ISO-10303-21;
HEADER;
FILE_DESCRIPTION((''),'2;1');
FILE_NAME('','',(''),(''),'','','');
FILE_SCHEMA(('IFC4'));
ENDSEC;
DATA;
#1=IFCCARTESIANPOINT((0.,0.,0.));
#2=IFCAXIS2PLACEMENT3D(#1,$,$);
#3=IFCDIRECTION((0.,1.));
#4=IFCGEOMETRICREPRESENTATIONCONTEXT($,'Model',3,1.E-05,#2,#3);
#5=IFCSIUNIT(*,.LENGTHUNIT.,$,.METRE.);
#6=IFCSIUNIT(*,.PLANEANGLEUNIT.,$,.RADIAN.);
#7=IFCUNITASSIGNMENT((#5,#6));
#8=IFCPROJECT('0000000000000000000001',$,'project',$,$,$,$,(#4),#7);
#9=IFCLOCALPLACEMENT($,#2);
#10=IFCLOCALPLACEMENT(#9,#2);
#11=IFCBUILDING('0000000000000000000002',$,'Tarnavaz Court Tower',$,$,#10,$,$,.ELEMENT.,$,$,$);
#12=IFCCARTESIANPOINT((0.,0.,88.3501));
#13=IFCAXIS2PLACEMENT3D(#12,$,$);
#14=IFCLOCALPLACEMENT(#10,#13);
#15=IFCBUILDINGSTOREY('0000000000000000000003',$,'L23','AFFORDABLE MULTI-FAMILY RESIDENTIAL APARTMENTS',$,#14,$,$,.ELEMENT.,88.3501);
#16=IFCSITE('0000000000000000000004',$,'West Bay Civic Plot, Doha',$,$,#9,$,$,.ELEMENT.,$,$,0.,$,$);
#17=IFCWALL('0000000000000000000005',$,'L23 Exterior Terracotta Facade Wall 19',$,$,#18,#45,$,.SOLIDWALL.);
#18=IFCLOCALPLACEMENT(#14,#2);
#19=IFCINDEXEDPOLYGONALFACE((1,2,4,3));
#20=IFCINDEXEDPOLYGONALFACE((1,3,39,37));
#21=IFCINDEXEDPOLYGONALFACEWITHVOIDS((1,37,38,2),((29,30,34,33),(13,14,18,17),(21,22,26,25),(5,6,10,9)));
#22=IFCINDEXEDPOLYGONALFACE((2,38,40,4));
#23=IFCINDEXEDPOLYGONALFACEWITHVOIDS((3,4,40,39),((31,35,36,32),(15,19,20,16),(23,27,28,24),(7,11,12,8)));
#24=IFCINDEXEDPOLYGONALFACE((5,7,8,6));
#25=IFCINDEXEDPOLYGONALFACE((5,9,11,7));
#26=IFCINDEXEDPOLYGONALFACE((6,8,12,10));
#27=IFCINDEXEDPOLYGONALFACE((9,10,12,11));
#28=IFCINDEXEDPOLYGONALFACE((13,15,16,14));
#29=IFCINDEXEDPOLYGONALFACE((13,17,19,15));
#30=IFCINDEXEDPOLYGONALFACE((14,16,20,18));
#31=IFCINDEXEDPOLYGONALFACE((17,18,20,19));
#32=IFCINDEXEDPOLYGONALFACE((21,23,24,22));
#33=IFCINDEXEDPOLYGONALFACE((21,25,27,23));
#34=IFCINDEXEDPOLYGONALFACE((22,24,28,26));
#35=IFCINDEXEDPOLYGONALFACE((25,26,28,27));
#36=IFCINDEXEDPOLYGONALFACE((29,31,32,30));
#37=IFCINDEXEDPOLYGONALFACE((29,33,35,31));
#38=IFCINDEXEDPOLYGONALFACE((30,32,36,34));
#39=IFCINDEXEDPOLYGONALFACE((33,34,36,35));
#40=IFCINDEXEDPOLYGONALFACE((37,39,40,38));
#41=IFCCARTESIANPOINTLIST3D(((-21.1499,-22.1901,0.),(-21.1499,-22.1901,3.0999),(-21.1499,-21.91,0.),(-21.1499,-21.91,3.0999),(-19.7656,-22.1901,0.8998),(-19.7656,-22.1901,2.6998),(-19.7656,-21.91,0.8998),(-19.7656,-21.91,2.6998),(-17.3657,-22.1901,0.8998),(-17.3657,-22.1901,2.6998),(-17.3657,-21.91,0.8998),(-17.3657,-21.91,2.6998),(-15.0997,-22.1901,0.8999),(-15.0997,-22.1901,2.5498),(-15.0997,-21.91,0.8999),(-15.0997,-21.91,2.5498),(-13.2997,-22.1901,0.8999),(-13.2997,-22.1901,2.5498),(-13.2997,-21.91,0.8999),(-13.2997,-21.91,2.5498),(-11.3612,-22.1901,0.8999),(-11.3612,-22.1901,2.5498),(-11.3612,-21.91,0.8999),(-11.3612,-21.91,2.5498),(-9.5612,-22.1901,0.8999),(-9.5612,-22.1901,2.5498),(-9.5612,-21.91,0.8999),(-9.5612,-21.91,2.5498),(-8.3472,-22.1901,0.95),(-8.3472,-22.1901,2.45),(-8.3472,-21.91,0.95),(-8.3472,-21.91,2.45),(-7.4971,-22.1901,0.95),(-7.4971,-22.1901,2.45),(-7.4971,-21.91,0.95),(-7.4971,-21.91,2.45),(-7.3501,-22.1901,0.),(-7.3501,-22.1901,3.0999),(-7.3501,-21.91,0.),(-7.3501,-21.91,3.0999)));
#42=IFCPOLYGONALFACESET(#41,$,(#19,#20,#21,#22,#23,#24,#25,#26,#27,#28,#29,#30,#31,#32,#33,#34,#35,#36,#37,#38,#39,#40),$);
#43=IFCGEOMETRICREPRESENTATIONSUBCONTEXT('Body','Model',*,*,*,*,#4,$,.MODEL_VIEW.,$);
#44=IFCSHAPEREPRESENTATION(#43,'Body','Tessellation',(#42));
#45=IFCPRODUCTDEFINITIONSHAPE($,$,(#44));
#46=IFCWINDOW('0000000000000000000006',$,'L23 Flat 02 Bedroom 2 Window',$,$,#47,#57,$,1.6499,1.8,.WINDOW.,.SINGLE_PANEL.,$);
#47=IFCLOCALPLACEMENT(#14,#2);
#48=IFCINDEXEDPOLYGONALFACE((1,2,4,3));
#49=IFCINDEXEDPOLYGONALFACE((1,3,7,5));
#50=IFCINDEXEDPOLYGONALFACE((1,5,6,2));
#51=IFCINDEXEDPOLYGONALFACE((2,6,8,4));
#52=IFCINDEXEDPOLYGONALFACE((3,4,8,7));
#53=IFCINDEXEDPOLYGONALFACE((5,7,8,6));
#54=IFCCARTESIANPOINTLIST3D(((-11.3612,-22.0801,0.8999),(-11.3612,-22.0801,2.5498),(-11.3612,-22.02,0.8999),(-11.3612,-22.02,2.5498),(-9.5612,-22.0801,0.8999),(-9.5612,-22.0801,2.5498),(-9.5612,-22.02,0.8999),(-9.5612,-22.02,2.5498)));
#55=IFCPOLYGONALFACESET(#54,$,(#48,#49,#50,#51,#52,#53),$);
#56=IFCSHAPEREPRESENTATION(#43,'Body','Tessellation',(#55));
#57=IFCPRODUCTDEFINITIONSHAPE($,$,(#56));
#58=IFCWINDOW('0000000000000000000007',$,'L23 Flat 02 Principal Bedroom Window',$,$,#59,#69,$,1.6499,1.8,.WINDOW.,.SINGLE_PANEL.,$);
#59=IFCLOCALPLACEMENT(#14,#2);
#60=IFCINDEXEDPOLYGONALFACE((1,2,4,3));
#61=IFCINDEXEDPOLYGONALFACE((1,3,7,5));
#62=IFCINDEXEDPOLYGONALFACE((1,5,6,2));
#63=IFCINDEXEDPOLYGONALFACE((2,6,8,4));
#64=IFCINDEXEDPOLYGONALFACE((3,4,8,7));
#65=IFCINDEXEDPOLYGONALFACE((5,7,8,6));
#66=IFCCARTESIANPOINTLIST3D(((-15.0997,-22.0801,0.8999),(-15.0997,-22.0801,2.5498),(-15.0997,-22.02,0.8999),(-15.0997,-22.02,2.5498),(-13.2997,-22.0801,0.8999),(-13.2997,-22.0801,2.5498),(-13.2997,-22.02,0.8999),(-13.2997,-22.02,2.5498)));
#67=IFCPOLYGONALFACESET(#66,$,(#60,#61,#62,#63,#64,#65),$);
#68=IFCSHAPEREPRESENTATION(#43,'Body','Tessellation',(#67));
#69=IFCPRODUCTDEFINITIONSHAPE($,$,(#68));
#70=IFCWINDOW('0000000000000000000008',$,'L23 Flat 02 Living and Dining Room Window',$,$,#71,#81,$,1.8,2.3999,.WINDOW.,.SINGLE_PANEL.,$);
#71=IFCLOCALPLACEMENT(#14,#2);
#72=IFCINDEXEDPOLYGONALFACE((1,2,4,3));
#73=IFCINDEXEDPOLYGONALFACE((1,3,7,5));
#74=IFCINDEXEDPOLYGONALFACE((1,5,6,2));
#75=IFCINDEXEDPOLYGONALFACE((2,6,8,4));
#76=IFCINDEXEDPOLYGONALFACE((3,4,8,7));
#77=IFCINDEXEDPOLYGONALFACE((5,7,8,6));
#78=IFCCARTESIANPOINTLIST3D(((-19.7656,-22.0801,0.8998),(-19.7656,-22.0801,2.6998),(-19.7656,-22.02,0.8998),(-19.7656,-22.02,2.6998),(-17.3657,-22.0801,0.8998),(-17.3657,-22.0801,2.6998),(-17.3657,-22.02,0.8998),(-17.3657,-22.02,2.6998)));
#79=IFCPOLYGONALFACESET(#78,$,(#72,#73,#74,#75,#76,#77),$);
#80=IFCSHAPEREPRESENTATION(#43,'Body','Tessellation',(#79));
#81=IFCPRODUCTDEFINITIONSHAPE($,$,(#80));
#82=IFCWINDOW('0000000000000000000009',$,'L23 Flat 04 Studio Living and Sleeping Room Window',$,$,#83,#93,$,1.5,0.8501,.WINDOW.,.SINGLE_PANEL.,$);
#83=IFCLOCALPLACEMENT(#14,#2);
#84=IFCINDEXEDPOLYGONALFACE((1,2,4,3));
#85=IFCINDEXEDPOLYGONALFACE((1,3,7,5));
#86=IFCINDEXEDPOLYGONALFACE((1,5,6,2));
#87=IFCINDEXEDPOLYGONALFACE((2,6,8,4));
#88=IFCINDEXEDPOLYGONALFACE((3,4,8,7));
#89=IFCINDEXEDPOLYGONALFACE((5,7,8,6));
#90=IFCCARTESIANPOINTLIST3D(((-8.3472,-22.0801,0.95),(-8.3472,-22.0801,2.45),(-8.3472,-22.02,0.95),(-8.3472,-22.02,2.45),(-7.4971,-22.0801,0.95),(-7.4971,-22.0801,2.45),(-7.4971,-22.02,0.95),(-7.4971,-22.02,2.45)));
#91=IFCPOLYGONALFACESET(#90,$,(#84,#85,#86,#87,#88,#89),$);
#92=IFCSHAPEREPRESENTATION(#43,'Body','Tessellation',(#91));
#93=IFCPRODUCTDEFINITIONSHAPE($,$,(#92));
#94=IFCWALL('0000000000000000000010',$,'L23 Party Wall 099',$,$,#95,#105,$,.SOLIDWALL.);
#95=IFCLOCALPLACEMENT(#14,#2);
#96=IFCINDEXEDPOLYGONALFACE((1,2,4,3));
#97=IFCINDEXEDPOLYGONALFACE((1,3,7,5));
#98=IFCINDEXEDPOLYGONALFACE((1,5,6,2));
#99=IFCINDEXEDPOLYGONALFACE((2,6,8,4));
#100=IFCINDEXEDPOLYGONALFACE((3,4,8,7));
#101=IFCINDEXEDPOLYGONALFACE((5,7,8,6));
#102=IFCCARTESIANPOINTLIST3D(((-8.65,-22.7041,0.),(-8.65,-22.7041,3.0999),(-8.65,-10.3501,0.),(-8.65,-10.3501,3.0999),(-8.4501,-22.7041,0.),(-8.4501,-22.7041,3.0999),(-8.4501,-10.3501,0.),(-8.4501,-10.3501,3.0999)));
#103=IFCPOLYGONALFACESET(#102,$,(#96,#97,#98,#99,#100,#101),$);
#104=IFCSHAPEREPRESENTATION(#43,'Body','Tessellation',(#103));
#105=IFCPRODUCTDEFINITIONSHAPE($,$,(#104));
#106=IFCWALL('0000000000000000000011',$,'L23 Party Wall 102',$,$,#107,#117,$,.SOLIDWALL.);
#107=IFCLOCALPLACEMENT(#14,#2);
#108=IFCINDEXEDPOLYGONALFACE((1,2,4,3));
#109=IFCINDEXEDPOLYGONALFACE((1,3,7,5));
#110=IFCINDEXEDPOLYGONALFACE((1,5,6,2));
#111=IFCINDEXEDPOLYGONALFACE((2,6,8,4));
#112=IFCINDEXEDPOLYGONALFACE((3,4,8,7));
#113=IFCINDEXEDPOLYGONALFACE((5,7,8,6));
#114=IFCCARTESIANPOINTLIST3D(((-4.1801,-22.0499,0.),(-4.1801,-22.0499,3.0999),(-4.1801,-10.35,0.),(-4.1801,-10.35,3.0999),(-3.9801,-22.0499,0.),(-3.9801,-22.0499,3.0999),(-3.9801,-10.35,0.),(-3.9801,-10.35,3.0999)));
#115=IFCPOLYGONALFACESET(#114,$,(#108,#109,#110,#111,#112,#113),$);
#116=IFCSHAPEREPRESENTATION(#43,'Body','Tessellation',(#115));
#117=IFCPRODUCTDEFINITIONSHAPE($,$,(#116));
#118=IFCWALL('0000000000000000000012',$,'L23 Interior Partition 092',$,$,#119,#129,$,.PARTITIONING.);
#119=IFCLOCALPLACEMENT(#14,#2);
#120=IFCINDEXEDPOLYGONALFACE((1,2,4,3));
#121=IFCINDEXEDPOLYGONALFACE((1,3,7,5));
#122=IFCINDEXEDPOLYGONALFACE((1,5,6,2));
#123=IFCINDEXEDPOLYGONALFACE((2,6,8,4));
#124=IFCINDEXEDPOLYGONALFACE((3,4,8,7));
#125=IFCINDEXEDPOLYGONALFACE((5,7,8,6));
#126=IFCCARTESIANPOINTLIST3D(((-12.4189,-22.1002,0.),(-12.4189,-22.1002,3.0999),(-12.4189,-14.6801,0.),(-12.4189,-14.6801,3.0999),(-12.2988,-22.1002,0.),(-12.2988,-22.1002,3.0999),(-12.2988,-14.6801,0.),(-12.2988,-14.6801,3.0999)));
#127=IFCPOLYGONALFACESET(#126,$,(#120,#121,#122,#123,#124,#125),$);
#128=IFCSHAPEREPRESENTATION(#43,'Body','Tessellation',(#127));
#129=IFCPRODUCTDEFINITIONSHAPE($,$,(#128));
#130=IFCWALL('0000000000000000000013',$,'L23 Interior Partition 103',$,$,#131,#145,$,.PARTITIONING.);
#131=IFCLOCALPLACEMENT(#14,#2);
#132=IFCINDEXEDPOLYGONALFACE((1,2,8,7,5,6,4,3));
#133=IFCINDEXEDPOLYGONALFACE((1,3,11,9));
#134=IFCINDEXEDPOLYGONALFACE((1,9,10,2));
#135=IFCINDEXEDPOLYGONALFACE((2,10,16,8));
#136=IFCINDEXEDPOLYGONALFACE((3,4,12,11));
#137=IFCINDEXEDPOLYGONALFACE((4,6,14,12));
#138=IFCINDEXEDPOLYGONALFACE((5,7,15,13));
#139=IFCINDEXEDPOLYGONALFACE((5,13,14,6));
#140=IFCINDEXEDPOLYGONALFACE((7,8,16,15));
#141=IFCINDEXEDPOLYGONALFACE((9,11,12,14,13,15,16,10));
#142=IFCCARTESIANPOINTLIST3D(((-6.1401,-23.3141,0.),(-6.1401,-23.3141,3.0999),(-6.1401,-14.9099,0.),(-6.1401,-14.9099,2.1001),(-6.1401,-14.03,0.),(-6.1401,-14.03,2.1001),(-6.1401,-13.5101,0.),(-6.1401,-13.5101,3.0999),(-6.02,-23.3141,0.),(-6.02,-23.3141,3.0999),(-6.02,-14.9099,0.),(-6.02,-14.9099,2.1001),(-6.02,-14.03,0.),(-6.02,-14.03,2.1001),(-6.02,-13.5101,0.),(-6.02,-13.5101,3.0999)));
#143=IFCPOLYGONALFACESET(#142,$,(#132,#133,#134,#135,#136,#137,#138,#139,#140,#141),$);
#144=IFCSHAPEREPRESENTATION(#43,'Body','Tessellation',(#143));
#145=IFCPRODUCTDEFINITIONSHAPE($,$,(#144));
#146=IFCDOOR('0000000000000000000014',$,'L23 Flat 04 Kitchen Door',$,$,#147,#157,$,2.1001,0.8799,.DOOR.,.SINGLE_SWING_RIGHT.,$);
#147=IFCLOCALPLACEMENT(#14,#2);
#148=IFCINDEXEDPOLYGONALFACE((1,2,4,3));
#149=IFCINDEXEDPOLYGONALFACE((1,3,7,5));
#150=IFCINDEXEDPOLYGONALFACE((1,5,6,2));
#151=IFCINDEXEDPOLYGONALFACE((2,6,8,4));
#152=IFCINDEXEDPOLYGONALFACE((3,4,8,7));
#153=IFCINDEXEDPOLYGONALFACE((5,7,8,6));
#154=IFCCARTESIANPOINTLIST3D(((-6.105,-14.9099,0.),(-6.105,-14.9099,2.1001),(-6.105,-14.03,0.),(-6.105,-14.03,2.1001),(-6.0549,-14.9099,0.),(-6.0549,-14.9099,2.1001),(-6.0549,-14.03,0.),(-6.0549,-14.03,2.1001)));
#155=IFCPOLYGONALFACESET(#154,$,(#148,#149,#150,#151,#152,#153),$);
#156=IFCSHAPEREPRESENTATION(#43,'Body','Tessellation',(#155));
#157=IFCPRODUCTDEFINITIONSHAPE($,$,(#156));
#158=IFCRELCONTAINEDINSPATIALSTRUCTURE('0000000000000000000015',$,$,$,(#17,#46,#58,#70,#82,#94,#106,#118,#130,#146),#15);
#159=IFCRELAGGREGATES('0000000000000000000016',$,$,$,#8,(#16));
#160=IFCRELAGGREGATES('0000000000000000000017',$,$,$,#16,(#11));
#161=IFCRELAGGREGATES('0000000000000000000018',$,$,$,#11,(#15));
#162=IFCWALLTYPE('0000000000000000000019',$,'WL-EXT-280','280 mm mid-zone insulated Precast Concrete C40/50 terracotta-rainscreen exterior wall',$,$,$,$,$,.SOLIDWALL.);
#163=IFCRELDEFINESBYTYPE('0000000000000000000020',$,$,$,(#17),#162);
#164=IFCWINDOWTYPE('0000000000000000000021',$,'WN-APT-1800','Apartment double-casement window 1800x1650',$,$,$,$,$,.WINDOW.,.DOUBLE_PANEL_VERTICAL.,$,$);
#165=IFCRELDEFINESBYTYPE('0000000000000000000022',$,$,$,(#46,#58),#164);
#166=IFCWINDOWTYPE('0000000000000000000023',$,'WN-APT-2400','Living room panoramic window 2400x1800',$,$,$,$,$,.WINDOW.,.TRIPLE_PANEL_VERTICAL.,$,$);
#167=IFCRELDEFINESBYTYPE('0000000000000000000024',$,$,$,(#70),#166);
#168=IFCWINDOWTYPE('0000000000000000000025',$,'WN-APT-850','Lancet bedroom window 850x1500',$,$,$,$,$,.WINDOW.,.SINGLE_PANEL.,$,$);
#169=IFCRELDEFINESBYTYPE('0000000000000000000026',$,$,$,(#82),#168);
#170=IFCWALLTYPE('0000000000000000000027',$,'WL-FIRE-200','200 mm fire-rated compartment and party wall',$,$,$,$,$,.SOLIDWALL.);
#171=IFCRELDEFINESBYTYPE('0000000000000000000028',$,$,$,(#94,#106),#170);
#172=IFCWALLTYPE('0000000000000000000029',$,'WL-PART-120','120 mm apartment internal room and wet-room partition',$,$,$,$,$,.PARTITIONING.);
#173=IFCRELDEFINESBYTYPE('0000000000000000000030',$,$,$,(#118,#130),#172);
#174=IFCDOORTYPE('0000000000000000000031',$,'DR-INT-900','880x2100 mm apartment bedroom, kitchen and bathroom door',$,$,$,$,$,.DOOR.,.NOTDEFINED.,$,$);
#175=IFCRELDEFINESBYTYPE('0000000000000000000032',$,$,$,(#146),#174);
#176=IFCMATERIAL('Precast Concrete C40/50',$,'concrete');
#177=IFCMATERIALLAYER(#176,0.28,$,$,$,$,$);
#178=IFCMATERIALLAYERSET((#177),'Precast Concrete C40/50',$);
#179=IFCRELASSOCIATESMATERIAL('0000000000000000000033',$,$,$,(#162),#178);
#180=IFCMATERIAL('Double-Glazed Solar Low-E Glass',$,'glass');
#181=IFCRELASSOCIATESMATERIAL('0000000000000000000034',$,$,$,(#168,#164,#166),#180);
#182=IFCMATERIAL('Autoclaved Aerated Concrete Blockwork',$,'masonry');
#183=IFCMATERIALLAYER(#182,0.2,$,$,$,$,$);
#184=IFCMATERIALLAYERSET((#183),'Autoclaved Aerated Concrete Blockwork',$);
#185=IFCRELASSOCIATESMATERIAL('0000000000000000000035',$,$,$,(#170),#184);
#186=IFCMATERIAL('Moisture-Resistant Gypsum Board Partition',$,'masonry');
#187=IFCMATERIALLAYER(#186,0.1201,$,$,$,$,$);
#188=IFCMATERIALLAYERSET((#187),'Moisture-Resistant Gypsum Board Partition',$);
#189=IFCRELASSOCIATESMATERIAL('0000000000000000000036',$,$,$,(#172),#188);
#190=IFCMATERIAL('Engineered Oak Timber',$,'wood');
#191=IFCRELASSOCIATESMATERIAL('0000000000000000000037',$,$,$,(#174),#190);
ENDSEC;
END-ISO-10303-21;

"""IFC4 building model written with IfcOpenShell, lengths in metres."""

from ifc_helpers import new_model, si_unit, direction, frame, frame_2d, origin, place, context, subcontext, project, spatial, rectangle, extrude, material, layer, layer_set, type_object, element, fill, save


model = new_model("IFC4")

# Units and contexts
model_context = context("Model", 3, precision=1e-05, world=origin(), true_north=direction((0.0, 1.0)))
body_context = subcontext(model_context, "Body", "Model", "MODEL_VIEW")
ifc_project = project(units=[si_unit("LENGTHUNIT", "METRE"), si_unit("PLANEANGLEUNIT", "RADIAN")], contexts=[model_context])

# Site, building, storey
site_placement = place(None, origin())
site = spatial("IfcSite", under=ifc_project, at=site_placement, Name="West Bay Civic Plot, Doha", CompositionType="ELEMENT", RefElevation=0.0)
building_placement = place(site_placement, origin())
building = spatial("IfcBuilding", under=site, at=building_placement, Name="Tarnavaz Court Tower", CompositionType="ELEMENT")
storey_placement = place(building_placement, frame((0.0, 0.0, 88.3501)))
storey = spatial("IfcBuildingStorey", under=building, at=storey_placement, Name="L23", Description="AFFORDABLE MULTI-FAMILY RESIDENTIAL APARTMENTS", CompositionType="ELEMENT", Elevation=88.3501)

# Shared definitions
ifc_material_1 = material(Name="Double-Glazed Solar Low-E Glass", Category="glass")

# Shared definitions
ifc_material_2 = material(Name="Precast Concrete C40/50", Category="concrete")
ifc_layer_1 = layer(ifc_material_2, 0.28)
ifc_layer_set_1 = layer_set([ifc_layer_1], Name="Precast Concrete C40/50")
wall_type_1 = type_object("IfcWallType", Name="WL-EXT-280", Description="280 mm mid-zone insulated Precast Concrete C40/50 terracotta-rainscreen exterior wall", PredefinedType="SOLIDWALL", material=ifc_layer_set_1)
window_type_1 = type_object("IfcWindowType", Name="WN-APT-850", Description="Lancet bedroom window 850x1500", PartitioningType="SINGLE_PANEL", PredefinedType="WINDOW", material=ifc_material_1)

# Wall, openings, windows
wall_1_placement = place(storey_placement, frame((-7.3501, -22.05, 0.0), z_axis=(0.0, 0.0, 1.0), x_axis=(-1.0, 0.0, 0.0)))
wall_1 = element("IfcWall", 1, at=wall_1_placement, inside=storey, type_object=wall_type_1, Name="L23 Exterior Terracotta Facade Wall 19", PredefinedType="SOLIDWALL", context=body_context, shape_type="SweptSolid", body=[
    extrude(rectangle(XDim=13.7998, YDim=0.28, at=frame_2d((6.8999, 0.0))), origin(), (0.0, 0.0, 1.0), 3.0999),
])
opening_1_placement = place(wall_1_placement, frame((0.147, 0.0, 0.95)))
opening_1 = element("IfcOpeningElement", 2, at=opening_1_placement, cuts=wall_1, PredefinedType="OPENING", context=body_context, shape_type="SweptSolid", body=[
    extrude(rectangle(XDim=0.8501, YDim=1.5, at=frame_2d((0.425, 0.75))), frame((0.0, 0.1499, 0.0), z_axis=(0.0, -1.0, 0.0), x_axis=(1.0, 0.0, 0.0)), (0.0, 0.0, 1.0), 0.3),
])
opening_2_placement = place(wall_1_placement, frame((2.2112, 0.0, 0.8999)))
opening_2 = element("IfcOpeningElement", 3, at=opening_2_placement, cuts=wall_1, PredefinedType="OPENING", context=body_context, shape_type="SweptSolid", body=[
    extrude(rectangle(XDim=1.8, YDim=1.6499, at=frame_2d((0.8999, 0.825))), frame((0.0, 0.1499, 0.0), z_axis=(0.0, -1.0, 0.0), x_axis=(1.0, 0.0, 0.0)), (0.0, 0.0, 1.0), 0.3),
])
opening_3_placement = place(wall_1_placement, frame((5.9497, 0.0, 0.8999)))
opening_3 = element("IfcOpeningElement", 4, at=opening_3_placement, cuts=wall_1, PredefinedType="OPENING", context=body_context, shape_type="SweptSolid", body=[
    extrude(rectangle(XDim=1.8, YDim=1.6499, at=frame_2d((0.8999, 0.825))), frame((0.0, 0.1499, 0.0), z_axis=(0.0, -1.0, 0.0), x_axis=(1.0, 0.0, 0.0)), (0.0, 0.0, 1.0), 0.3),
])
opening_4_placement = place(wall_1_placement, frame((10.0156, 0.0, 0.8999)))
opening_4 = element("IfcOpeningElement", 5, at=opening_4_placement, cuts=wall_1, PredefinedType="OPENING", context=body_context, shape_type="SweptSolid", body=[
    extrude(rectangle(XDim=2.3999, YDim=1.8, at=frame_2d((1.2, 0.8999))), frame((0.0, 0.1499, 0.0), z_axis=(0.0, -1.0, 0.0), x_axis=(1.0, 0.0, 0.0)), (0.0, 0.0, 1.0), 0.3),
])
window_type_2 = type_object("IfcWindowType", Name="WN-APT-1800", Description="Apartment double-casement window 1800x1650", PartitioningType="DOUBLE_PANEL_VERTICAL", PredefinedType="WINDOW", material=ifc_material_1)
window_1_placement = place(opening_2_placement, origin())
window_1 = element("IfcWindow", 6, at=window_1_placement, inside=storey, type_object=window_type_2, Name="L23 Flat 02 Bedroom 2 Window", OverallHeight=1.6499, OverallWidth=1.8, PartitioningType="SINGLE_PANEL", PredefinedType="WINDOW", context=body_context, shape_type="SweptSolid", body=[
    extrude(rectangle(XDim=1.8, YDim=1.6499, at=frame_2d((0.8999, 0.825))), frame((0.0, 0.03, 0.0), z_axis=(0.0, -1.0, 0.0), x_axis=(1.0, 0.0, 0.0)), (0.0, 0.0, 1.0), 0.0601),
])
fill(opening_2, window_1)
window_2_placement = place(opening_3_placement, origin())
window_2 = element("IfcWindow", 7, at=window_2_placement, inside=storey, type_object=window_type_2, Name="L23 Flat 02 Principal Bedroom Window", OverallHeight=1.6499, OverallWidth=1.8, PartitioningType="SINGLE_PANEL", PredefinedType="WINDOW", context=body_context, shape_type="SweptSolid", body=[
    extrude(rectangle(XDim=1.8, YDim=1.6499, at=frame_2d((0.8999, 0.825))), frame((0.0, 0.03, 0.0), z_axis=(0.0, -1.0, 0.0), x_axis=(1.0, 0.0, 0.0)), (0.0, 0.0, 1.0), 0.0601),
])
fill(opening_3, window_2)
window_type_3 = type_object("IfcWindowType", Name="WN-APT-2400", Description="Living room panoramic window 2400x1800", PartitioningType="TRIPLE_PANEL_VERTICAL", PredefinedType="WINDOW", material=ifc_material_1)
window_3_placement = place(opening_4_placement, origin())
window_3 = element("IfcWindow", 8, at=window_3_placement, inside=storey, type_object=window_type_3, Name="L23 Flat 02 Living and Dining Room Window", OverallHeight=1.8, OverallWidth=2.3999, PartitioningType="SINGLE_PANEL", PredefinedType="WINDOW", context=body_context, shape_type="SweptSolid", body=[
    extrude(rectangle(XDim=2.3999, YDim=1.8, at=frame_2d((1.2, 0.8999))), frame((0.0, 0.03, 0.0), z_axis=(0.0, -1.0, 0.0), x_axis=(1.0, 0.0, 0.0)), (0.0, 0.0, 1.0), 0.0601),
])
fill(opening_4, window_3)
window_4_placement = place(opening_1_placement, origin())
window_4 = element("IfcWindow", 9, at=window_4_placement, inside=storey, type_object=window_type_1, Name="L23 Flat 04 Studio Living and Sleeping Room Window", OverallHeight=1.5, OverallWidth=0.8501, PartitioningType="SINGLE_PANEL", PredefinedType="WINDOW", context=body_context, shape_type="SweptSolid", body=[
    extrude(rectangle(XDim=0.8501, YDim=1.5, at=frame_2d((0.425, 0.75))), frame((0.0, 0.03, 0.0), z_axis=(0.0, -1.0, 0.0), x_axis=(1.0, 0.0, 0.0)), (0.0, 0.0, 1.0), 0.0601),
])
fill(opening_1, window_4)

# Walls
ifc_material_3 = material(Name="Autoclaved Aerated Concrete Blockwork", Category="masonry")
ifc_layer_2 = layer(ifc_material_3, 0.2)
ifc_layer_set_2 = layer_set([ifc_layer_2], Name="Autoclaved Aerated Concrete Blockwork")
wall_type_2 = type_object("IfcWallType", Name="WL-FIRE-200", Description="200 mm fire-rated compartment and party wall", PredefinedType="SOLIDWALL", material=ifc_layer_set_2)
wall_2_placement = place(storey_placement, frame((-8.55, -22.7041, 0.0), z_axis=(0.0, 0.0, 1.0), x_axis=(0.0, 1.0, 0.0)))
element("IfcWall", 10, at=wall_2_placement, inside=storey, type_object=wall_type_2, Name="L23 Party Wall 099", PredefinedType="SOLIDWALL", context=body_context, shape_type="SweptSolid", body=[
    extrude(rectangle(XDim=12.354, YDim=0.2, at=frame_2d((6.177, 0.0))), origin(), (0.0, 0.0, 1.0), 3.0999),
])
wall_3_placement = place(storey_placement, frame((-4.0801, -22.05, 0.0), z_axis=(0.0, 0.0, 1.0), x_axis=(0.0, 1.0, 0.0)))
element("IfcWall", 11, at=wall_3_placement, inside=storey, type_object=wall_type_2, Name="L23 Party Wall 102", PredefinedType="SOLIDWALL", context=body_context, shape_type="SweptSolid", body=[
    extrude(rectangle(XDim=11.7, YDim=0.2, at=frame_2d((5.8501, 0.0))), origin(), (0.0, 0.0, 1.0), 3.0999),
])
ifc_material_4 = material(Name="Moisture-Resistant Gypsum Board Partition", Category="masonry")
ifc_layer_3 = layer(ifc_material_4, 0.1201)
ifc_layer_set_3 = layer_set([ifc_layer_3], Name="Moisture-Resistant Gypsum Board Partition")
wall_type_3 = type_object("IfcWallType", Name="WL-PART-120", Description="120 mm apartment internal room and wet-room partition", PredefinedType="PARTITIONING", material=ifc_layer_set_3)
wall_4_placement = place(storey_placement, frame((-12.3589, -22.1001, 0.0), z_axis=(0.0, 0.0, 1.0), x_axis=(0.0, 1.0, 0.0)))
element("IfcWall", 12, at=wall_4_placement, inside=storey, type_object=wall_type_3, Name="L23 Interior Partition 092", PredefinedType="PARTITIONING", context=body_context, shape_type="SweptSolid", body=[
    extrude(rectangle(XDim=7.4202, YDim=0.1201, at=frame_2d((3.71, 0.0))), origin(), (0.0, 0.0, 1.0), 3.0999),
])

# Wall, opening, door
wall_5_placement = place(storey_placement, frame((-6.0801, -23.314, 0.0), z_axis=(0.0, 0.0, 1.0), x_axis=(0.0, 1.0, 0.0)))
wall_5 = element("IfcWall", 13, at=wall_5_placement, inside=storey, type_object=wall_type_3, Name="L23 Interior Partition 103", PredefinedType="PARTITIONING", context=body_context, shape_type="SweptSolid", body=[
    extrude(rectangle(XDim=9.804, YDim=0.1201, at=frame_2d((4.9019, 0.0))), origin(), (0.0, 0.0, 1.0), 3.0999),
])
opening_5_placement = place(wall_5_placement, frame((8.4041, 0.0, 0.0)))
opening_5 = element("IfcOpeningElement", 14, at=opening_5_placement, cuts=wall_5, PredefinedType="OPENING", context=body_context, shape_type="SweptSolid", body=[
    extrude(rectangle(XDim=0.8799, YDim=2.1001, at=frame_2d((0.4399, 1.05))), frame((0.0, 0.0701, 0.0), z_axis=(0.0, -1.0, 0.0), x_axis=(1.0, 0.0, 0.0)), (0.0, 0.0, 1.0), 0.1401),
])
ifc_material_5 = material(Name="Engineered Oak Timber", Category="wood")
door_type = type_object("IfcDoorType", Name="DR-INT-900", Description="880x2100 mm apartment bedroom, kitchen and bathroom door", OperationType="NOTDEFINED", PredefinedType="DOOR", material=ifc_material_5)
door_placement = place(opening_5_placement, origin())
door = element("IfcDoor", 15, at=door_placement, inside=storey, type_object=door_type, Name="L23 Flat 04 Kitchen Door", OperationType="SINGLE_SWING_RIGHT", OverallHeight=2.1001, OverallWidth=0.8799, PredefinedType="DOOR", context=body_context, shape_type="SweptSolid", body=[
    extrude(rectangle(XDim=0.8799, YDim=2.1001, at=frame_2d((0.4399, 1.05))), frame((0.0, 0.0249, 0.0), z_axis=(0.0, -1.0, 0.0), x_axis=(1.0, 0.0, 0.0)), (0.0, 0.0, 1.0), 0.05),
])
fill(opening_5, door)

save(model, "model.ifc")
